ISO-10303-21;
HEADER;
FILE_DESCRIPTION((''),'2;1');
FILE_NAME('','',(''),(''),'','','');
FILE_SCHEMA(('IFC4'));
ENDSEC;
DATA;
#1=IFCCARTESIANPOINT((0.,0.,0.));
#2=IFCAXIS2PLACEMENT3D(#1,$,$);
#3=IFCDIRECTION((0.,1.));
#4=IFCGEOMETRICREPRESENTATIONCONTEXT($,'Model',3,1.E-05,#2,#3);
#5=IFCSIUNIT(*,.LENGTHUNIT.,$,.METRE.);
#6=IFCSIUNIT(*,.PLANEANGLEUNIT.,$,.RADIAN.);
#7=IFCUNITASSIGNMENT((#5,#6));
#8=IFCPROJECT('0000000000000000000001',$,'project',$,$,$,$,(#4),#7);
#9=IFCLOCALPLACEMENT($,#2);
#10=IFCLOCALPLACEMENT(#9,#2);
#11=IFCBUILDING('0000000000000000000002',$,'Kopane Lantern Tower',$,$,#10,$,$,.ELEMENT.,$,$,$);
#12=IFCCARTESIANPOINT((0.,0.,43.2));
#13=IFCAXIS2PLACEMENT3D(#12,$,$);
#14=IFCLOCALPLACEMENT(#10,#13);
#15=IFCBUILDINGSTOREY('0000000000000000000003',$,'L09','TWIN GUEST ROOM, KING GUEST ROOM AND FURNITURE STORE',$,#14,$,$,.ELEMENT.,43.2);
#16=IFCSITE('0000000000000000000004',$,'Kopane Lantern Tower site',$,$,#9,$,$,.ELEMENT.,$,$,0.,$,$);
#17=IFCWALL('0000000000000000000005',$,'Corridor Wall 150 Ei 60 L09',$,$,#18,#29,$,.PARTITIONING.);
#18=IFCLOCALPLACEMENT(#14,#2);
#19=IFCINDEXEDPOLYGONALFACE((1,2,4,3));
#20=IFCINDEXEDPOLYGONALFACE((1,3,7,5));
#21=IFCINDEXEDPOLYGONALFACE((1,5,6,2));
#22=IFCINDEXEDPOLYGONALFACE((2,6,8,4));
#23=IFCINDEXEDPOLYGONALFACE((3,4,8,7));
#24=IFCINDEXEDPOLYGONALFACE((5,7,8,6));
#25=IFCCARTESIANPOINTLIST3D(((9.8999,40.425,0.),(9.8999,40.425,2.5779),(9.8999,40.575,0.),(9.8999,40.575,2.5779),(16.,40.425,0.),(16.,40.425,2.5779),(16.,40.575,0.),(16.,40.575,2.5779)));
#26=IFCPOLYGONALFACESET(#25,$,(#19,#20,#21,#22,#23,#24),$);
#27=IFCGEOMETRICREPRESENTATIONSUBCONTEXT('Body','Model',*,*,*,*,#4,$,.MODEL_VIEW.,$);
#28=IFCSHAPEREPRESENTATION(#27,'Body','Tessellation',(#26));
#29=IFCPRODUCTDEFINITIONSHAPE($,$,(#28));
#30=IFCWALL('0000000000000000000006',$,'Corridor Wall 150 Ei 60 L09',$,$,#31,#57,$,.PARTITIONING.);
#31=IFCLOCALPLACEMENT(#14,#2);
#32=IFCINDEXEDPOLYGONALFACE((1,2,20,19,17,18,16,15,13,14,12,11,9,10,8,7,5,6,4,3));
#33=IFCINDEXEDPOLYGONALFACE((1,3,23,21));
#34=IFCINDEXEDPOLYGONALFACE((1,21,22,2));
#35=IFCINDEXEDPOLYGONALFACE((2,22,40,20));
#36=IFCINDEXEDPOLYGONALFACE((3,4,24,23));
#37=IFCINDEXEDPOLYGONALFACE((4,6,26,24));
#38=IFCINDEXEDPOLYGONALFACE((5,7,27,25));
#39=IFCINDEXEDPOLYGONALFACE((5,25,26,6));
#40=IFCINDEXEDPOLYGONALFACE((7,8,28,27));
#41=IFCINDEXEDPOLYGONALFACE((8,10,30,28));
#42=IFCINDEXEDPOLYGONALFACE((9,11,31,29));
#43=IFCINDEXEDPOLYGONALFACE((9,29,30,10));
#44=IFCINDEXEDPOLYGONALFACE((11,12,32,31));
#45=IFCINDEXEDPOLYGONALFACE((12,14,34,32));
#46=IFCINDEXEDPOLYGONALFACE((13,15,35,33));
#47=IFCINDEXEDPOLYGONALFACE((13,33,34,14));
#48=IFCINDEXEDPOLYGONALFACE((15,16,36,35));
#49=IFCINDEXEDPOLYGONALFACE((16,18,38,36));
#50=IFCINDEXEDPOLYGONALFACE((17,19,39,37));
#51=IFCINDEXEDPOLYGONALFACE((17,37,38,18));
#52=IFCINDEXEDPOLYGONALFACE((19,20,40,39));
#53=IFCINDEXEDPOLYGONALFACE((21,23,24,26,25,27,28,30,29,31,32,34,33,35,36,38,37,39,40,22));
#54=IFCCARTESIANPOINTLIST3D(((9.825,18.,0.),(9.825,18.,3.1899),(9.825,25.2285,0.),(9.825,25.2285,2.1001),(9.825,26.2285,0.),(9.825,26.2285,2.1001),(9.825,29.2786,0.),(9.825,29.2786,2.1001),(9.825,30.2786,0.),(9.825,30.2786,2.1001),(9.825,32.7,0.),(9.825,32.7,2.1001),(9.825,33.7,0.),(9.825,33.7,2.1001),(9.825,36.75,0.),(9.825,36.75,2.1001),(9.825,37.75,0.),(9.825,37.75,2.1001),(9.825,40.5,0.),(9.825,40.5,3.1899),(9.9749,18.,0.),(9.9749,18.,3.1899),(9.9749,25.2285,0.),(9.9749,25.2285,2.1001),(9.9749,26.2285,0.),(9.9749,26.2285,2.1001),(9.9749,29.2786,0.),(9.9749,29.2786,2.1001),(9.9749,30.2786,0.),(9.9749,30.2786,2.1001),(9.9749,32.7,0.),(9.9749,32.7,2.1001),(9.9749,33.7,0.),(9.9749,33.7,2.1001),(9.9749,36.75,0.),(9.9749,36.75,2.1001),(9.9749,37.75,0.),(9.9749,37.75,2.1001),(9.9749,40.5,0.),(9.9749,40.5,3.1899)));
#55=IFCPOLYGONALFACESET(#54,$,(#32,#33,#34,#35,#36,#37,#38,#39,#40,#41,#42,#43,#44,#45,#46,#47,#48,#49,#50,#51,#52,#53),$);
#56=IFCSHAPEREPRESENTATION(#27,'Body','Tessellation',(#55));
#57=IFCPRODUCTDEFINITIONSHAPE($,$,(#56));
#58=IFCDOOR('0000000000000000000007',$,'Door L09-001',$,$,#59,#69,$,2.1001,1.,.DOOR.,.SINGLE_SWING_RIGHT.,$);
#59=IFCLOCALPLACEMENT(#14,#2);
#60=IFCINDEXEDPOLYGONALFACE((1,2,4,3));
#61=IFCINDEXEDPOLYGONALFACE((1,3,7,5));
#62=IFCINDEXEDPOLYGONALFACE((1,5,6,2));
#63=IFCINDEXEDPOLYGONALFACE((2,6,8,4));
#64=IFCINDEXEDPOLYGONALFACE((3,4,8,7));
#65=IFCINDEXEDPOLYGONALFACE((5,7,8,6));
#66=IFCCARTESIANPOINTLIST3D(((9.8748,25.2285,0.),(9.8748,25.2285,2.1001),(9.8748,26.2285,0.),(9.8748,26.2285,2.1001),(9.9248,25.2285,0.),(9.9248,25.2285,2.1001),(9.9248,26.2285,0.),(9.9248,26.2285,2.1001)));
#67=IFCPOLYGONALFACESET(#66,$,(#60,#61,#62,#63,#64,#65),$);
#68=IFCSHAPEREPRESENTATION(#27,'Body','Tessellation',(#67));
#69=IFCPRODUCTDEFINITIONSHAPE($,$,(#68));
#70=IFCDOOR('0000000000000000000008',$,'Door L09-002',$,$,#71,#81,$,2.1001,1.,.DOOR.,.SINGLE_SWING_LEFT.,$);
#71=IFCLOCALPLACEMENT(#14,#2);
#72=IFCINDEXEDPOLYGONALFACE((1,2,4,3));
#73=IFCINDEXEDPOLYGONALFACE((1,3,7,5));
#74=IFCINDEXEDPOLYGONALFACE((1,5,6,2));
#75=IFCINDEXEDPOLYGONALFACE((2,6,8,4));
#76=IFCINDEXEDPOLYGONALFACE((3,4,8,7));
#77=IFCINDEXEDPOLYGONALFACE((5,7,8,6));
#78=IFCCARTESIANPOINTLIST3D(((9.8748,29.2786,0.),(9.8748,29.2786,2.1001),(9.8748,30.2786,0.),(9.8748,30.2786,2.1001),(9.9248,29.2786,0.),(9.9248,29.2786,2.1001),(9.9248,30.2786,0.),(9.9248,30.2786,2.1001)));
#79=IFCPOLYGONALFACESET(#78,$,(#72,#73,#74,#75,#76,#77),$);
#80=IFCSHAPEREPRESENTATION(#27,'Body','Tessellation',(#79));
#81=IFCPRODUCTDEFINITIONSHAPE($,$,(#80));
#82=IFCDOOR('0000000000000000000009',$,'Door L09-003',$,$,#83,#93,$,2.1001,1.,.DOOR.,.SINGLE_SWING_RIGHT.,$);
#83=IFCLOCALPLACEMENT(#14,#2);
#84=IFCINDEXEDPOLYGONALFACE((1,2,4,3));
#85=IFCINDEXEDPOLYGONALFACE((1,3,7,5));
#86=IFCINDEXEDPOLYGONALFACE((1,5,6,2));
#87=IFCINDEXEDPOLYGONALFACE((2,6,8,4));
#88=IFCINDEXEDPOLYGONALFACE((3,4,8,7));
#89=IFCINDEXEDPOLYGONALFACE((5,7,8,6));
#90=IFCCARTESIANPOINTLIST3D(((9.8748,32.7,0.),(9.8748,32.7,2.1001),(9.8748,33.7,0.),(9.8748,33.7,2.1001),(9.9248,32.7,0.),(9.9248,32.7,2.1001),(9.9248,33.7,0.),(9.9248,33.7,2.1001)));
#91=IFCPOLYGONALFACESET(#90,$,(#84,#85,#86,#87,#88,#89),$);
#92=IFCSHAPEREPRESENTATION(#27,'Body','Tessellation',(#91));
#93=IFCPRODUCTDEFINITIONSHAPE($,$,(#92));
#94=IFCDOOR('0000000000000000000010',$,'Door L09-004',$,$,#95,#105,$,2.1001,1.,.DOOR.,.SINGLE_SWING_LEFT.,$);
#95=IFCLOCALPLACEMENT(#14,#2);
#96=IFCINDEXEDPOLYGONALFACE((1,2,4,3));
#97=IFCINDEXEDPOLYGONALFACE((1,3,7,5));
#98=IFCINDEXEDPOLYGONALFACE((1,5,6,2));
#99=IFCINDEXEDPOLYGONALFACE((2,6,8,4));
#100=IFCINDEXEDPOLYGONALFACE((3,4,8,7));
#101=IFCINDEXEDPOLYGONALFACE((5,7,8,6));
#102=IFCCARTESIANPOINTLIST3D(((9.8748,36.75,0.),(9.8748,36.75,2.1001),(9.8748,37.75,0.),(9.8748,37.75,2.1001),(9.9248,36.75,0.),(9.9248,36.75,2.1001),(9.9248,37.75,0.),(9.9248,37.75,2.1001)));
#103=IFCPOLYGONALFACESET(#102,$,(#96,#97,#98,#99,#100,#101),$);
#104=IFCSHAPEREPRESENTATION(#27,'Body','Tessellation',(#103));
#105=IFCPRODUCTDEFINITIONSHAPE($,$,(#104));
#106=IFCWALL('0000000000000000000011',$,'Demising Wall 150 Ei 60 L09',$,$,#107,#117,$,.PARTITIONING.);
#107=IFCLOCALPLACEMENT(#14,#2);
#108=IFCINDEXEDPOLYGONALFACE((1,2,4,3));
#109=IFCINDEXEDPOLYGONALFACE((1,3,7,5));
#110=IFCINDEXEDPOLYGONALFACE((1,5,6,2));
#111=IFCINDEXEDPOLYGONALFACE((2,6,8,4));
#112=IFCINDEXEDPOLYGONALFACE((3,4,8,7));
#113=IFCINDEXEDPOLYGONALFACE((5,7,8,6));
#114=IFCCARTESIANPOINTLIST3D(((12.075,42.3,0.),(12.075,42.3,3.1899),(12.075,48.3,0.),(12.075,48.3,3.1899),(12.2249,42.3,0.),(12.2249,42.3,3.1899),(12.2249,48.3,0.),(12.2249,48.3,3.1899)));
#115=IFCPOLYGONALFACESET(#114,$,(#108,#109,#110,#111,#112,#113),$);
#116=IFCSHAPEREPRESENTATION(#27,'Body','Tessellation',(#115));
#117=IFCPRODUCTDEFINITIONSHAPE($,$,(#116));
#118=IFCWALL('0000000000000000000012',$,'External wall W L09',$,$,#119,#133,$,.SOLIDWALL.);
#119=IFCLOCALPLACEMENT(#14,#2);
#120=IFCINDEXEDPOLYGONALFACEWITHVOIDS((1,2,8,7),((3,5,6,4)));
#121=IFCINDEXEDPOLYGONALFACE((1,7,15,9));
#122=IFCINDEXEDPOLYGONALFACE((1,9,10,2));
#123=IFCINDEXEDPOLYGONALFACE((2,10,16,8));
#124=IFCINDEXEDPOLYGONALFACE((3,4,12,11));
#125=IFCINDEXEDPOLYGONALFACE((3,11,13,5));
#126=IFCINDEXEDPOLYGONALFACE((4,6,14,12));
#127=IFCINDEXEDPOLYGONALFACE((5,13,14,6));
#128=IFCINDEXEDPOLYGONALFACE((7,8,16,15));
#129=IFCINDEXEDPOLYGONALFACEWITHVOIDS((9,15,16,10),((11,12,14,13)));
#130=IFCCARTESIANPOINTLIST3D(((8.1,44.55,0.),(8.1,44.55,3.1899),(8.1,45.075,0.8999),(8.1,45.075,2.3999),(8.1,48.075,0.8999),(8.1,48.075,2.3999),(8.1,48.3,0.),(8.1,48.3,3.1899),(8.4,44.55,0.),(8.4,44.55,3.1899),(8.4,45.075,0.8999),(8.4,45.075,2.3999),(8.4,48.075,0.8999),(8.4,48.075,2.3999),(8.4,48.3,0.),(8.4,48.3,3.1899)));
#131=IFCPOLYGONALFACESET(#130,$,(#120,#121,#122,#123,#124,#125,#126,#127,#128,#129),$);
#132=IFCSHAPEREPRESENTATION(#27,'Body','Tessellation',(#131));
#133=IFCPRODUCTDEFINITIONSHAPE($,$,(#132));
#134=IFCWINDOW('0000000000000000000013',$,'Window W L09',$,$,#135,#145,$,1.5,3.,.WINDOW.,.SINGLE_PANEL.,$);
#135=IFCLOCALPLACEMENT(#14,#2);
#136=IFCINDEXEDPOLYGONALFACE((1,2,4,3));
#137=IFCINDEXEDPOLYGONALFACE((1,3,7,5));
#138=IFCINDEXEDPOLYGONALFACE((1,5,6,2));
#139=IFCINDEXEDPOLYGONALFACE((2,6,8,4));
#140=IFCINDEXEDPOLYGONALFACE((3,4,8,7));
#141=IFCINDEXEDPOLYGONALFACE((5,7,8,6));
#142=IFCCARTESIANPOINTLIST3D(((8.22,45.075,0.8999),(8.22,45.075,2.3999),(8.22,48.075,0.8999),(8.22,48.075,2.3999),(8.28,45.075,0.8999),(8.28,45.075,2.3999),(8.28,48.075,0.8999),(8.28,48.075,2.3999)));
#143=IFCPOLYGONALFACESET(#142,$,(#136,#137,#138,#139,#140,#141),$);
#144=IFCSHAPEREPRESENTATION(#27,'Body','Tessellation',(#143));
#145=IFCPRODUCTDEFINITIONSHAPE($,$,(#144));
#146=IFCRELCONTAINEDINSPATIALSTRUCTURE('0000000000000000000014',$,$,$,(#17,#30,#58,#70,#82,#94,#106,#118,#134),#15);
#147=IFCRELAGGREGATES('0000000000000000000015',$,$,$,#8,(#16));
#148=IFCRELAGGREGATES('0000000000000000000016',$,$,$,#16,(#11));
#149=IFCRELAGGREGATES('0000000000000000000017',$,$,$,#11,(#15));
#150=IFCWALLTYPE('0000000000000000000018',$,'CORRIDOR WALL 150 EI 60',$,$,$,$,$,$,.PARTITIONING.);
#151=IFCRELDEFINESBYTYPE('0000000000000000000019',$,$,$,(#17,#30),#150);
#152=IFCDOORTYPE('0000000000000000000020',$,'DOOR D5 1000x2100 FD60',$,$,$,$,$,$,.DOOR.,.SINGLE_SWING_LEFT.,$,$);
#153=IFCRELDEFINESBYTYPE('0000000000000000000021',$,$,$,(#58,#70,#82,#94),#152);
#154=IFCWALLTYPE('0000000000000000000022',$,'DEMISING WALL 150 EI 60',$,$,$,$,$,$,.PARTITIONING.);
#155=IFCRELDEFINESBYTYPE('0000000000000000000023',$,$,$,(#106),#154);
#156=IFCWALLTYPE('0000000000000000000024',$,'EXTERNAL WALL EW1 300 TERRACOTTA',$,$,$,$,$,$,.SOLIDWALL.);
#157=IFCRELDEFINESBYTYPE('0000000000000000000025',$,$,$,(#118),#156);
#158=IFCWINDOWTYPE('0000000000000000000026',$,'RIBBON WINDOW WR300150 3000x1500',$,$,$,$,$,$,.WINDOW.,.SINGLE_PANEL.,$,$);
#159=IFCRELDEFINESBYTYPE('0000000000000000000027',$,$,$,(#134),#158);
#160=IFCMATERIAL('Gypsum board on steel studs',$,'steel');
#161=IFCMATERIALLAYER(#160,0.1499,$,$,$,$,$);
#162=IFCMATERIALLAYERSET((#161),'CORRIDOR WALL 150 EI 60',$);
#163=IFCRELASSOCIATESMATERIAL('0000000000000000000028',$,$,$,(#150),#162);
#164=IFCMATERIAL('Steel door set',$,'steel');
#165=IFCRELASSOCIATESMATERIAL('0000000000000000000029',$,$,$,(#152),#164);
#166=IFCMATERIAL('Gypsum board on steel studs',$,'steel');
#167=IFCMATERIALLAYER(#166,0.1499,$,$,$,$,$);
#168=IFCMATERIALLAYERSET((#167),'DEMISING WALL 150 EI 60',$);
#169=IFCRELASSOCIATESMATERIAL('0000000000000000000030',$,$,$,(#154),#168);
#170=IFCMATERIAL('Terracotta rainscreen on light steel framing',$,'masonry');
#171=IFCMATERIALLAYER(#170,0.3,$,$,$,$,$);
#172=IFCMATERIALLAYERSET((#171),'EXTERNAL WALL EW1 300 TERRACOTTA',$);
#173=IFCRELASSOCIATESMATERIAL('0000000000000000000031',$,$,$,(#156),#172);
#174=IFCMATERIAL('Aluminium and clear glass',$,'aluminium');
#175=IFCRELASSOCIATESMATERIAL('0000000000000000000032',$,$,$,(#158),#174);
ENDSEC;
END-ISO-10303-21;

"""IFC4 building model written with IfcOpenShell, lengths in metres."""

from ifc_helpers import new_model, si_unit, direction, frame, frame_2d, origin, place, context, subcontext, project, spatial, rectangle, extrude, material, layer, layer_set, type_object, element, fill, save


model = new_model("IFC4")

# Units and contexts
model_context = context("Model", 3, precision=1e-05, world=origin(), true_north=direction((0.0, 1.0)))
body_context = subcontext(model_context, "Body", "Model", "MODEL_VIEW")
ifc_project = project(units=[si_unit("LENGTHUNIT", "METRE"), si_unit("PLANEANGLEUNIT", "RADIAN")], contexts=[model_context])

# Site, building, storey
site_placement = place(None, origin())
site = spatial("IfcSite", under=ifc_project, at=site_placement, Name="Kopane Lantern Tower site", CompositionType="ELEMENT", RefElevation=0.0)
building_placement = place(site_placement, origin())
building = spatial("IfcBuilding", under=site, at=building_placement, Name="Kopane Lantern Tower", CompositionType="ELEMENT")
storey_placement = place(building_placement, frame((0.0, 0.0, 43.2)))
storey = spatial("IfcBuildingStorey", under=building, at=storey_placement, Name="L09", Description="TWIN GUEST ROOM, KING GUEST ROOM AND FURNITURE STORE", CompositionType="ELEMENT", Elevation=43.2)

# Wall
ifc_material_1 = material(Name="Gypsum board on steel studs", Category="steel")
ifc_layer_1 = layer(ifc_material_1, 0.1499)
ifc_layer_set_1 = layer_set([ifc_layer_1], Name="CORRIDOR WALL 150 EI 60")
wall_type_1 = type_object("IfcWallType", Name="CORRIDOR WALL 150 EI 60", PredefinedType="PARTITIONING", material=ifc_layer_set_1)
wall_1_placement = place(storey_placement, frame((16.0, 40.5, 0.0), z_axis=(0.0, 0.0, 1.0), x_axis=(-1.0, 0.0, 0.0)))
element("IfcWall", 1, at=wall_1_placement, inside=storey, type_object=wall_type_1, Name="Corridor Wall 150 Ei 60 L09", PredefinedType="PARTITIONING", context=body_context, shape_type="SweptSolid", body=[
    extrude(rectangle(XDim=6.1001, YDim=0.1499, at=frame_2d((3.05, 0.0))), origin(), (0.0, 0.0, 1.0), 2.5779),
])

# Wall, openings, doors
wall_2_placement = place(storey_placement, frame((9.8999, 40.5, 0.0), z_axis=(0.0, 0.0, 1.0), x_axis=(0.0, -1.0, 0.0)))
wall_2 = element("IfcWall", 2, at=wall_2_placement, inside=storey, type_object=wall_type_1, Name="Corridor Wall 150 Ei 60 L09", PredefinedType="PARTITIONING", context=body_context, shape_type="SweptSolid", body=[
    extrude(rectangle(XDim=22.5, YDim=0.1499, at=frame_2d((11.25, 0.0))), origin(), (0.0, 0.0, 1.0), 3.1899),
])
opening_1_placement = place(wall_2_placement, frame((14.2715, 0.0, 0.0)))
opening_1 = element("IfcOpeningElement", 3, at=opening_1_placement, cuts=wall_2, PredefinedType="OPENING", context=body_context, shape_type="SweptSolid", body=[
    extrude(rectangle(XDim=1.0, YDim=2.1001, at=frame_2d((0.5, 1.05))), frame((0.0, 0.085, 0.0), z_axis=(0.0, -1.0, 0.0), x_axis=(1.0, 0.0, 0.0)), (0.0, 0.0, 1.0), 0.1699),
])
opening_2_placement = place(wall_2_placement, frame((10.2214, 0.0, 0.0)))
opening_2 = element("IfcOpeningElement", 4, at=opening_2_placement, cuts=wall_2, PredefinedType="OPENING", context=body_context, shape_type="SweptSolid", body=[
    extrude(rectangle(XDim=1.0, YDim=2.1001, at=frame_2d((0.5, 1.05))), frame((0.0, 0.085, 0.0), z_axis=(0.0, -1.0, 0.0), x_axis=(1.0, 0.0, 0.0)), (0.0, 0.0, 1.0), 0.1699),
])
opening_3_placement = place(wall_2_placement, frame((6.8, 0.0, 0.0)))
opening_3 = element("IfcOpeningElement", 5, at=opening_3_placement, cuts=wall_2, PredefinedType="OPENING", context=body_context, shape_type="SweptSolid", body=[
    extrude(rectangle(XDim=1.0, YDim=2.1001, at=frame_2d((0.5, 1.05))), frame((0.0, 0.085, 0.0), z_axis=(0.0, -1.0, 0.0), x_axis=(1.0, 0.0, 0.0)), (0.0, 0.0, 1.0), 0.1699),
])
opening_4_placement = place(wall_2_placement, frame((2.75, 0.0, 0.0)))
opening_4 = element("IfcOpeningElement", 6, at=opening_4_placement, cuts=wall_2, PredefinedType="OPENING", context=body_context, shape_type="SweptSolid", body=[
    extrude(rectangle(XDim=1.0, YDim=2.1001, at=frame_2d((0.5, 1.05))), frame((0.0, 0.085, 0.0), z_axis=(0.0, -1.0, 0.0), x_axis=(1.0, 0.0, 0.0)), (0.0, 0.0, 1.0), 0.1699),
])
ifc_material_2 = material(Name="Steel door set", Category="steel")
door_type_1 = type_object("IfcDoorType", Name="DOOR D5 1000x2100 FD60", OperationType="SINGLE_SWING_LEFT", PredefinedType="DOOR", material=ifc_material_2)
door_1_placement = place(opening_1_placement, origin())
door_1 = element("IfcDoor", 7, at=door_1_placement, inside=storey, type_object=door_type_1, Name="Door L09-001", OperationType="SINGLE_SWING_RIGHT", OverallHeight=2.1001, OverallWidth=1.0, PredefinedType="DOOR", context=body_context, shape_type="SweptSolid", body=[
    extrude(rectangle(XDim=1.0, YDim=2.1001, at=frame_2d((0.5, 1.05))), frame((0.0, 0.0249, 0.0), z_axis=(0.0, -1.0, 0.0), x_axis=(1.0, 0.0, 0.0)), (0.0, 0.0, 1.0), 0.05),
])
fill(opening_1, door_1)
door_2_placement = place(opening_2_placement, origin())
door_2 = element("IfcDoor", 8, at=door_2_placement, inside=storey, type_object=door_type_1, Name="Door L09-002", OperationType="SINGLE_SWING_LEFT", OverallHeight=2.1001, OverallWidth=1.0, PredefinedType="DOOR", context=body_context, shape_type="SweptSolid", body=[
    extrude(rectangle(XDim=1.0, YDim=2.1001, at=frame_2d((0.5, 1.05))), frame((0.0, 0.0249, 0.0), z_axis=(0.0, -1.0, 0.0), x_axis=(1.0, 0.0, 0.0)), (0.0, 0.0, 1.0), 0.05),
])
fill(opening_2, door_2)
door_3_placement = place(opening_3_placement, origin())
door_3 = element("IfcDoor", 9, at=door_3_placement, inside=storey, type_object=door_type_1, Name="Door L09-003", OperationType="SINGLE_SWING_RIGHT", OverallHeight=2.1001, OverallWidth=1.0, PredefinedType="DOOR", context=body_context, shape_type="SweptSolid", body=[
    extrude(rectangle(XDim=1.0, YDim=2.1001, at=frame_2d((0.5, 1.05))), frame((0.0, 0.0249, 0.0), z_axis=(0.0, -1.0, 0.0), x_axis=(1.0, 0.0, 0.0)), (0.0, 0.0, 1.0), 0.05),
])
fill(opening_3, door_3)
door_4_placement = place(opening_4_placement, origin())
door_4 = element("IfcDoor", 10, at=door_4_placement, inside=storey, type_object=door_type_1, Name="Door L09-004", OperationType="SINGLE_SWING_LEFT", OverallHeight=2.1001, OverallWidth=1.0, PredefinedType="DOOR", context=body_context, shape_type="SweptSolid", body=[
    extrude(rectangle(XDim=1.0, YDim=2.1001, at=frame_2d((0.5, 1.05))), frame((0.0, 0.0249, 0.0), z_axis=(0.0, -1.0, 0.0), x_axis=(1.0, 0.0, 0.0)), (0.0, 0.0, 1.0), 0.05),
])
fill(opening_4, door_4)

# Wall
ifc_material_3 = material(Name="Gypsum board on steel studs", Category="steel")
ifc_layer_2 = layer(ifc_material_3, 0.1499)
ifc_layer_set_2 = layer_set([ifc_layer_2], Name="DEMISING WALL 150 EI 60")
wall_type_2 = type_object("IfcWallType", Name="DEMISING WALL 150 EI 60", PredefinedType="PARTITIONING", material=ifc_layer_set_2)
wall_3_placement = place(storey_placement, frame((12.1499, 42.3, 0.0), z_axis=(0.0, 0.0, 1.0), x_axis=(0.0, 1.0, 0.0)))
element("IfcWall", 11, at=wall_3_placement, inside=storey, type_object=wall_type_2, Name="Demising Wall 150 Ei 60 L09", PredefinedType="PARTITIONING", context=body_context, shape_type="SweptSolid", body=[
    extrude(rectangle(XDim=6.0, YDim=0.1499, at=frame_2d((3.0, 0.0))), origin(), (0.0, 0.0, 1.0), 3.1899),
])

# Wall, opening, window
ifc_material_4 = material(Name="Terracotta rainscreen on light steel framing", Category="masonry")
ifc_layer_3 = layer(ifc_material_4, 0.3)
ifc_layer_set_3 = layer_set([ifc_layer_3], Name="EXTERNAL WALL EW1 300 TERRACOTTA")
wall_type_3 = type_object("IfcWallType", Name="EXTERNAL WALL EW1 300 TERRACOTTA", PredefinedType="SOLIDWALL", material=ifc_layer_set_3)
wall_4_placement = place(storey_placement, frame((8.25, 48.3, 0.0), z_axis=(0.0, 0.0, 1.0), x_axis=(0.0, -1.0, 0.0)))
wall_4 = element("IfcWall", 12, at=wall_4_placement, inside=storey, type_object=wall_type_3, Name="External wall W L09", PredefinedType="SOLIDWALL", context=body_context, shape_type="SweptSolid", body=[
    extrude(rectangle(XDim=3.75, YDim=0.3, at=frame_2d((1.875, 0.0))), origin(), (0.0, 0.0, 1.0), 3.1899),
])
opening_5_placement = place(wall_4_placement, frame((0.2251, 0.0, 0.8999)))
opening_5 = element("IfcOpeningElement", 13, at=opening_5_placement, cuts=wall_4, PredefinedType="OPENING", context=body_context, shape_type="SweptSolid", body=[
    extrude(rectangle(XDim=3.0, YDim=1.5, at=frame_2d((1.5, 0.75))), frame((0.0, 0.1599, 0.0), z_axis=(0.0, -1.0, 0.0), x_axis=(1.0, 0.0, 0.0)), (0.0, 0.0, 1.0), 0.3201),
])
ifc_material_5 = material(Name="Aluminium and clear glass", Category="aluminium")
window_type = type_object("IfcWindowType", Name="RIBBON WINDOW WR300150 3000x1500", PartitioningType="SINGLE_PANEL", PredefinedType="WINDOW", material=ifc_material_5)
window_1_placement = place(opening_5_placement, origin())
window_1 = element("IfcWindow", 14, at=window_1_placement, inside=storey, type_object=window_type, Name="Window W L09", OverallHeight=1.5, OverallWidth=3.0, PartitioningType="SINGLE_PANEL", PredefinedType="WINDOW", context=body_context, shape_type="SweptSolid", body=[
    extrude(rectangle(XDim=3.0, YDim=1.5, at=frame_2d((1.5, 0.75))), frame((0.0, 0.03, 0.0), z_axis=(0.0, -1.0, 0.0), x_axis=(1.0, 0.0, 0.0)), (0.0, 0.0, 1.0), 0.0601),
])
fill(opening_5, window_1)

save(model, "model.ifc")
